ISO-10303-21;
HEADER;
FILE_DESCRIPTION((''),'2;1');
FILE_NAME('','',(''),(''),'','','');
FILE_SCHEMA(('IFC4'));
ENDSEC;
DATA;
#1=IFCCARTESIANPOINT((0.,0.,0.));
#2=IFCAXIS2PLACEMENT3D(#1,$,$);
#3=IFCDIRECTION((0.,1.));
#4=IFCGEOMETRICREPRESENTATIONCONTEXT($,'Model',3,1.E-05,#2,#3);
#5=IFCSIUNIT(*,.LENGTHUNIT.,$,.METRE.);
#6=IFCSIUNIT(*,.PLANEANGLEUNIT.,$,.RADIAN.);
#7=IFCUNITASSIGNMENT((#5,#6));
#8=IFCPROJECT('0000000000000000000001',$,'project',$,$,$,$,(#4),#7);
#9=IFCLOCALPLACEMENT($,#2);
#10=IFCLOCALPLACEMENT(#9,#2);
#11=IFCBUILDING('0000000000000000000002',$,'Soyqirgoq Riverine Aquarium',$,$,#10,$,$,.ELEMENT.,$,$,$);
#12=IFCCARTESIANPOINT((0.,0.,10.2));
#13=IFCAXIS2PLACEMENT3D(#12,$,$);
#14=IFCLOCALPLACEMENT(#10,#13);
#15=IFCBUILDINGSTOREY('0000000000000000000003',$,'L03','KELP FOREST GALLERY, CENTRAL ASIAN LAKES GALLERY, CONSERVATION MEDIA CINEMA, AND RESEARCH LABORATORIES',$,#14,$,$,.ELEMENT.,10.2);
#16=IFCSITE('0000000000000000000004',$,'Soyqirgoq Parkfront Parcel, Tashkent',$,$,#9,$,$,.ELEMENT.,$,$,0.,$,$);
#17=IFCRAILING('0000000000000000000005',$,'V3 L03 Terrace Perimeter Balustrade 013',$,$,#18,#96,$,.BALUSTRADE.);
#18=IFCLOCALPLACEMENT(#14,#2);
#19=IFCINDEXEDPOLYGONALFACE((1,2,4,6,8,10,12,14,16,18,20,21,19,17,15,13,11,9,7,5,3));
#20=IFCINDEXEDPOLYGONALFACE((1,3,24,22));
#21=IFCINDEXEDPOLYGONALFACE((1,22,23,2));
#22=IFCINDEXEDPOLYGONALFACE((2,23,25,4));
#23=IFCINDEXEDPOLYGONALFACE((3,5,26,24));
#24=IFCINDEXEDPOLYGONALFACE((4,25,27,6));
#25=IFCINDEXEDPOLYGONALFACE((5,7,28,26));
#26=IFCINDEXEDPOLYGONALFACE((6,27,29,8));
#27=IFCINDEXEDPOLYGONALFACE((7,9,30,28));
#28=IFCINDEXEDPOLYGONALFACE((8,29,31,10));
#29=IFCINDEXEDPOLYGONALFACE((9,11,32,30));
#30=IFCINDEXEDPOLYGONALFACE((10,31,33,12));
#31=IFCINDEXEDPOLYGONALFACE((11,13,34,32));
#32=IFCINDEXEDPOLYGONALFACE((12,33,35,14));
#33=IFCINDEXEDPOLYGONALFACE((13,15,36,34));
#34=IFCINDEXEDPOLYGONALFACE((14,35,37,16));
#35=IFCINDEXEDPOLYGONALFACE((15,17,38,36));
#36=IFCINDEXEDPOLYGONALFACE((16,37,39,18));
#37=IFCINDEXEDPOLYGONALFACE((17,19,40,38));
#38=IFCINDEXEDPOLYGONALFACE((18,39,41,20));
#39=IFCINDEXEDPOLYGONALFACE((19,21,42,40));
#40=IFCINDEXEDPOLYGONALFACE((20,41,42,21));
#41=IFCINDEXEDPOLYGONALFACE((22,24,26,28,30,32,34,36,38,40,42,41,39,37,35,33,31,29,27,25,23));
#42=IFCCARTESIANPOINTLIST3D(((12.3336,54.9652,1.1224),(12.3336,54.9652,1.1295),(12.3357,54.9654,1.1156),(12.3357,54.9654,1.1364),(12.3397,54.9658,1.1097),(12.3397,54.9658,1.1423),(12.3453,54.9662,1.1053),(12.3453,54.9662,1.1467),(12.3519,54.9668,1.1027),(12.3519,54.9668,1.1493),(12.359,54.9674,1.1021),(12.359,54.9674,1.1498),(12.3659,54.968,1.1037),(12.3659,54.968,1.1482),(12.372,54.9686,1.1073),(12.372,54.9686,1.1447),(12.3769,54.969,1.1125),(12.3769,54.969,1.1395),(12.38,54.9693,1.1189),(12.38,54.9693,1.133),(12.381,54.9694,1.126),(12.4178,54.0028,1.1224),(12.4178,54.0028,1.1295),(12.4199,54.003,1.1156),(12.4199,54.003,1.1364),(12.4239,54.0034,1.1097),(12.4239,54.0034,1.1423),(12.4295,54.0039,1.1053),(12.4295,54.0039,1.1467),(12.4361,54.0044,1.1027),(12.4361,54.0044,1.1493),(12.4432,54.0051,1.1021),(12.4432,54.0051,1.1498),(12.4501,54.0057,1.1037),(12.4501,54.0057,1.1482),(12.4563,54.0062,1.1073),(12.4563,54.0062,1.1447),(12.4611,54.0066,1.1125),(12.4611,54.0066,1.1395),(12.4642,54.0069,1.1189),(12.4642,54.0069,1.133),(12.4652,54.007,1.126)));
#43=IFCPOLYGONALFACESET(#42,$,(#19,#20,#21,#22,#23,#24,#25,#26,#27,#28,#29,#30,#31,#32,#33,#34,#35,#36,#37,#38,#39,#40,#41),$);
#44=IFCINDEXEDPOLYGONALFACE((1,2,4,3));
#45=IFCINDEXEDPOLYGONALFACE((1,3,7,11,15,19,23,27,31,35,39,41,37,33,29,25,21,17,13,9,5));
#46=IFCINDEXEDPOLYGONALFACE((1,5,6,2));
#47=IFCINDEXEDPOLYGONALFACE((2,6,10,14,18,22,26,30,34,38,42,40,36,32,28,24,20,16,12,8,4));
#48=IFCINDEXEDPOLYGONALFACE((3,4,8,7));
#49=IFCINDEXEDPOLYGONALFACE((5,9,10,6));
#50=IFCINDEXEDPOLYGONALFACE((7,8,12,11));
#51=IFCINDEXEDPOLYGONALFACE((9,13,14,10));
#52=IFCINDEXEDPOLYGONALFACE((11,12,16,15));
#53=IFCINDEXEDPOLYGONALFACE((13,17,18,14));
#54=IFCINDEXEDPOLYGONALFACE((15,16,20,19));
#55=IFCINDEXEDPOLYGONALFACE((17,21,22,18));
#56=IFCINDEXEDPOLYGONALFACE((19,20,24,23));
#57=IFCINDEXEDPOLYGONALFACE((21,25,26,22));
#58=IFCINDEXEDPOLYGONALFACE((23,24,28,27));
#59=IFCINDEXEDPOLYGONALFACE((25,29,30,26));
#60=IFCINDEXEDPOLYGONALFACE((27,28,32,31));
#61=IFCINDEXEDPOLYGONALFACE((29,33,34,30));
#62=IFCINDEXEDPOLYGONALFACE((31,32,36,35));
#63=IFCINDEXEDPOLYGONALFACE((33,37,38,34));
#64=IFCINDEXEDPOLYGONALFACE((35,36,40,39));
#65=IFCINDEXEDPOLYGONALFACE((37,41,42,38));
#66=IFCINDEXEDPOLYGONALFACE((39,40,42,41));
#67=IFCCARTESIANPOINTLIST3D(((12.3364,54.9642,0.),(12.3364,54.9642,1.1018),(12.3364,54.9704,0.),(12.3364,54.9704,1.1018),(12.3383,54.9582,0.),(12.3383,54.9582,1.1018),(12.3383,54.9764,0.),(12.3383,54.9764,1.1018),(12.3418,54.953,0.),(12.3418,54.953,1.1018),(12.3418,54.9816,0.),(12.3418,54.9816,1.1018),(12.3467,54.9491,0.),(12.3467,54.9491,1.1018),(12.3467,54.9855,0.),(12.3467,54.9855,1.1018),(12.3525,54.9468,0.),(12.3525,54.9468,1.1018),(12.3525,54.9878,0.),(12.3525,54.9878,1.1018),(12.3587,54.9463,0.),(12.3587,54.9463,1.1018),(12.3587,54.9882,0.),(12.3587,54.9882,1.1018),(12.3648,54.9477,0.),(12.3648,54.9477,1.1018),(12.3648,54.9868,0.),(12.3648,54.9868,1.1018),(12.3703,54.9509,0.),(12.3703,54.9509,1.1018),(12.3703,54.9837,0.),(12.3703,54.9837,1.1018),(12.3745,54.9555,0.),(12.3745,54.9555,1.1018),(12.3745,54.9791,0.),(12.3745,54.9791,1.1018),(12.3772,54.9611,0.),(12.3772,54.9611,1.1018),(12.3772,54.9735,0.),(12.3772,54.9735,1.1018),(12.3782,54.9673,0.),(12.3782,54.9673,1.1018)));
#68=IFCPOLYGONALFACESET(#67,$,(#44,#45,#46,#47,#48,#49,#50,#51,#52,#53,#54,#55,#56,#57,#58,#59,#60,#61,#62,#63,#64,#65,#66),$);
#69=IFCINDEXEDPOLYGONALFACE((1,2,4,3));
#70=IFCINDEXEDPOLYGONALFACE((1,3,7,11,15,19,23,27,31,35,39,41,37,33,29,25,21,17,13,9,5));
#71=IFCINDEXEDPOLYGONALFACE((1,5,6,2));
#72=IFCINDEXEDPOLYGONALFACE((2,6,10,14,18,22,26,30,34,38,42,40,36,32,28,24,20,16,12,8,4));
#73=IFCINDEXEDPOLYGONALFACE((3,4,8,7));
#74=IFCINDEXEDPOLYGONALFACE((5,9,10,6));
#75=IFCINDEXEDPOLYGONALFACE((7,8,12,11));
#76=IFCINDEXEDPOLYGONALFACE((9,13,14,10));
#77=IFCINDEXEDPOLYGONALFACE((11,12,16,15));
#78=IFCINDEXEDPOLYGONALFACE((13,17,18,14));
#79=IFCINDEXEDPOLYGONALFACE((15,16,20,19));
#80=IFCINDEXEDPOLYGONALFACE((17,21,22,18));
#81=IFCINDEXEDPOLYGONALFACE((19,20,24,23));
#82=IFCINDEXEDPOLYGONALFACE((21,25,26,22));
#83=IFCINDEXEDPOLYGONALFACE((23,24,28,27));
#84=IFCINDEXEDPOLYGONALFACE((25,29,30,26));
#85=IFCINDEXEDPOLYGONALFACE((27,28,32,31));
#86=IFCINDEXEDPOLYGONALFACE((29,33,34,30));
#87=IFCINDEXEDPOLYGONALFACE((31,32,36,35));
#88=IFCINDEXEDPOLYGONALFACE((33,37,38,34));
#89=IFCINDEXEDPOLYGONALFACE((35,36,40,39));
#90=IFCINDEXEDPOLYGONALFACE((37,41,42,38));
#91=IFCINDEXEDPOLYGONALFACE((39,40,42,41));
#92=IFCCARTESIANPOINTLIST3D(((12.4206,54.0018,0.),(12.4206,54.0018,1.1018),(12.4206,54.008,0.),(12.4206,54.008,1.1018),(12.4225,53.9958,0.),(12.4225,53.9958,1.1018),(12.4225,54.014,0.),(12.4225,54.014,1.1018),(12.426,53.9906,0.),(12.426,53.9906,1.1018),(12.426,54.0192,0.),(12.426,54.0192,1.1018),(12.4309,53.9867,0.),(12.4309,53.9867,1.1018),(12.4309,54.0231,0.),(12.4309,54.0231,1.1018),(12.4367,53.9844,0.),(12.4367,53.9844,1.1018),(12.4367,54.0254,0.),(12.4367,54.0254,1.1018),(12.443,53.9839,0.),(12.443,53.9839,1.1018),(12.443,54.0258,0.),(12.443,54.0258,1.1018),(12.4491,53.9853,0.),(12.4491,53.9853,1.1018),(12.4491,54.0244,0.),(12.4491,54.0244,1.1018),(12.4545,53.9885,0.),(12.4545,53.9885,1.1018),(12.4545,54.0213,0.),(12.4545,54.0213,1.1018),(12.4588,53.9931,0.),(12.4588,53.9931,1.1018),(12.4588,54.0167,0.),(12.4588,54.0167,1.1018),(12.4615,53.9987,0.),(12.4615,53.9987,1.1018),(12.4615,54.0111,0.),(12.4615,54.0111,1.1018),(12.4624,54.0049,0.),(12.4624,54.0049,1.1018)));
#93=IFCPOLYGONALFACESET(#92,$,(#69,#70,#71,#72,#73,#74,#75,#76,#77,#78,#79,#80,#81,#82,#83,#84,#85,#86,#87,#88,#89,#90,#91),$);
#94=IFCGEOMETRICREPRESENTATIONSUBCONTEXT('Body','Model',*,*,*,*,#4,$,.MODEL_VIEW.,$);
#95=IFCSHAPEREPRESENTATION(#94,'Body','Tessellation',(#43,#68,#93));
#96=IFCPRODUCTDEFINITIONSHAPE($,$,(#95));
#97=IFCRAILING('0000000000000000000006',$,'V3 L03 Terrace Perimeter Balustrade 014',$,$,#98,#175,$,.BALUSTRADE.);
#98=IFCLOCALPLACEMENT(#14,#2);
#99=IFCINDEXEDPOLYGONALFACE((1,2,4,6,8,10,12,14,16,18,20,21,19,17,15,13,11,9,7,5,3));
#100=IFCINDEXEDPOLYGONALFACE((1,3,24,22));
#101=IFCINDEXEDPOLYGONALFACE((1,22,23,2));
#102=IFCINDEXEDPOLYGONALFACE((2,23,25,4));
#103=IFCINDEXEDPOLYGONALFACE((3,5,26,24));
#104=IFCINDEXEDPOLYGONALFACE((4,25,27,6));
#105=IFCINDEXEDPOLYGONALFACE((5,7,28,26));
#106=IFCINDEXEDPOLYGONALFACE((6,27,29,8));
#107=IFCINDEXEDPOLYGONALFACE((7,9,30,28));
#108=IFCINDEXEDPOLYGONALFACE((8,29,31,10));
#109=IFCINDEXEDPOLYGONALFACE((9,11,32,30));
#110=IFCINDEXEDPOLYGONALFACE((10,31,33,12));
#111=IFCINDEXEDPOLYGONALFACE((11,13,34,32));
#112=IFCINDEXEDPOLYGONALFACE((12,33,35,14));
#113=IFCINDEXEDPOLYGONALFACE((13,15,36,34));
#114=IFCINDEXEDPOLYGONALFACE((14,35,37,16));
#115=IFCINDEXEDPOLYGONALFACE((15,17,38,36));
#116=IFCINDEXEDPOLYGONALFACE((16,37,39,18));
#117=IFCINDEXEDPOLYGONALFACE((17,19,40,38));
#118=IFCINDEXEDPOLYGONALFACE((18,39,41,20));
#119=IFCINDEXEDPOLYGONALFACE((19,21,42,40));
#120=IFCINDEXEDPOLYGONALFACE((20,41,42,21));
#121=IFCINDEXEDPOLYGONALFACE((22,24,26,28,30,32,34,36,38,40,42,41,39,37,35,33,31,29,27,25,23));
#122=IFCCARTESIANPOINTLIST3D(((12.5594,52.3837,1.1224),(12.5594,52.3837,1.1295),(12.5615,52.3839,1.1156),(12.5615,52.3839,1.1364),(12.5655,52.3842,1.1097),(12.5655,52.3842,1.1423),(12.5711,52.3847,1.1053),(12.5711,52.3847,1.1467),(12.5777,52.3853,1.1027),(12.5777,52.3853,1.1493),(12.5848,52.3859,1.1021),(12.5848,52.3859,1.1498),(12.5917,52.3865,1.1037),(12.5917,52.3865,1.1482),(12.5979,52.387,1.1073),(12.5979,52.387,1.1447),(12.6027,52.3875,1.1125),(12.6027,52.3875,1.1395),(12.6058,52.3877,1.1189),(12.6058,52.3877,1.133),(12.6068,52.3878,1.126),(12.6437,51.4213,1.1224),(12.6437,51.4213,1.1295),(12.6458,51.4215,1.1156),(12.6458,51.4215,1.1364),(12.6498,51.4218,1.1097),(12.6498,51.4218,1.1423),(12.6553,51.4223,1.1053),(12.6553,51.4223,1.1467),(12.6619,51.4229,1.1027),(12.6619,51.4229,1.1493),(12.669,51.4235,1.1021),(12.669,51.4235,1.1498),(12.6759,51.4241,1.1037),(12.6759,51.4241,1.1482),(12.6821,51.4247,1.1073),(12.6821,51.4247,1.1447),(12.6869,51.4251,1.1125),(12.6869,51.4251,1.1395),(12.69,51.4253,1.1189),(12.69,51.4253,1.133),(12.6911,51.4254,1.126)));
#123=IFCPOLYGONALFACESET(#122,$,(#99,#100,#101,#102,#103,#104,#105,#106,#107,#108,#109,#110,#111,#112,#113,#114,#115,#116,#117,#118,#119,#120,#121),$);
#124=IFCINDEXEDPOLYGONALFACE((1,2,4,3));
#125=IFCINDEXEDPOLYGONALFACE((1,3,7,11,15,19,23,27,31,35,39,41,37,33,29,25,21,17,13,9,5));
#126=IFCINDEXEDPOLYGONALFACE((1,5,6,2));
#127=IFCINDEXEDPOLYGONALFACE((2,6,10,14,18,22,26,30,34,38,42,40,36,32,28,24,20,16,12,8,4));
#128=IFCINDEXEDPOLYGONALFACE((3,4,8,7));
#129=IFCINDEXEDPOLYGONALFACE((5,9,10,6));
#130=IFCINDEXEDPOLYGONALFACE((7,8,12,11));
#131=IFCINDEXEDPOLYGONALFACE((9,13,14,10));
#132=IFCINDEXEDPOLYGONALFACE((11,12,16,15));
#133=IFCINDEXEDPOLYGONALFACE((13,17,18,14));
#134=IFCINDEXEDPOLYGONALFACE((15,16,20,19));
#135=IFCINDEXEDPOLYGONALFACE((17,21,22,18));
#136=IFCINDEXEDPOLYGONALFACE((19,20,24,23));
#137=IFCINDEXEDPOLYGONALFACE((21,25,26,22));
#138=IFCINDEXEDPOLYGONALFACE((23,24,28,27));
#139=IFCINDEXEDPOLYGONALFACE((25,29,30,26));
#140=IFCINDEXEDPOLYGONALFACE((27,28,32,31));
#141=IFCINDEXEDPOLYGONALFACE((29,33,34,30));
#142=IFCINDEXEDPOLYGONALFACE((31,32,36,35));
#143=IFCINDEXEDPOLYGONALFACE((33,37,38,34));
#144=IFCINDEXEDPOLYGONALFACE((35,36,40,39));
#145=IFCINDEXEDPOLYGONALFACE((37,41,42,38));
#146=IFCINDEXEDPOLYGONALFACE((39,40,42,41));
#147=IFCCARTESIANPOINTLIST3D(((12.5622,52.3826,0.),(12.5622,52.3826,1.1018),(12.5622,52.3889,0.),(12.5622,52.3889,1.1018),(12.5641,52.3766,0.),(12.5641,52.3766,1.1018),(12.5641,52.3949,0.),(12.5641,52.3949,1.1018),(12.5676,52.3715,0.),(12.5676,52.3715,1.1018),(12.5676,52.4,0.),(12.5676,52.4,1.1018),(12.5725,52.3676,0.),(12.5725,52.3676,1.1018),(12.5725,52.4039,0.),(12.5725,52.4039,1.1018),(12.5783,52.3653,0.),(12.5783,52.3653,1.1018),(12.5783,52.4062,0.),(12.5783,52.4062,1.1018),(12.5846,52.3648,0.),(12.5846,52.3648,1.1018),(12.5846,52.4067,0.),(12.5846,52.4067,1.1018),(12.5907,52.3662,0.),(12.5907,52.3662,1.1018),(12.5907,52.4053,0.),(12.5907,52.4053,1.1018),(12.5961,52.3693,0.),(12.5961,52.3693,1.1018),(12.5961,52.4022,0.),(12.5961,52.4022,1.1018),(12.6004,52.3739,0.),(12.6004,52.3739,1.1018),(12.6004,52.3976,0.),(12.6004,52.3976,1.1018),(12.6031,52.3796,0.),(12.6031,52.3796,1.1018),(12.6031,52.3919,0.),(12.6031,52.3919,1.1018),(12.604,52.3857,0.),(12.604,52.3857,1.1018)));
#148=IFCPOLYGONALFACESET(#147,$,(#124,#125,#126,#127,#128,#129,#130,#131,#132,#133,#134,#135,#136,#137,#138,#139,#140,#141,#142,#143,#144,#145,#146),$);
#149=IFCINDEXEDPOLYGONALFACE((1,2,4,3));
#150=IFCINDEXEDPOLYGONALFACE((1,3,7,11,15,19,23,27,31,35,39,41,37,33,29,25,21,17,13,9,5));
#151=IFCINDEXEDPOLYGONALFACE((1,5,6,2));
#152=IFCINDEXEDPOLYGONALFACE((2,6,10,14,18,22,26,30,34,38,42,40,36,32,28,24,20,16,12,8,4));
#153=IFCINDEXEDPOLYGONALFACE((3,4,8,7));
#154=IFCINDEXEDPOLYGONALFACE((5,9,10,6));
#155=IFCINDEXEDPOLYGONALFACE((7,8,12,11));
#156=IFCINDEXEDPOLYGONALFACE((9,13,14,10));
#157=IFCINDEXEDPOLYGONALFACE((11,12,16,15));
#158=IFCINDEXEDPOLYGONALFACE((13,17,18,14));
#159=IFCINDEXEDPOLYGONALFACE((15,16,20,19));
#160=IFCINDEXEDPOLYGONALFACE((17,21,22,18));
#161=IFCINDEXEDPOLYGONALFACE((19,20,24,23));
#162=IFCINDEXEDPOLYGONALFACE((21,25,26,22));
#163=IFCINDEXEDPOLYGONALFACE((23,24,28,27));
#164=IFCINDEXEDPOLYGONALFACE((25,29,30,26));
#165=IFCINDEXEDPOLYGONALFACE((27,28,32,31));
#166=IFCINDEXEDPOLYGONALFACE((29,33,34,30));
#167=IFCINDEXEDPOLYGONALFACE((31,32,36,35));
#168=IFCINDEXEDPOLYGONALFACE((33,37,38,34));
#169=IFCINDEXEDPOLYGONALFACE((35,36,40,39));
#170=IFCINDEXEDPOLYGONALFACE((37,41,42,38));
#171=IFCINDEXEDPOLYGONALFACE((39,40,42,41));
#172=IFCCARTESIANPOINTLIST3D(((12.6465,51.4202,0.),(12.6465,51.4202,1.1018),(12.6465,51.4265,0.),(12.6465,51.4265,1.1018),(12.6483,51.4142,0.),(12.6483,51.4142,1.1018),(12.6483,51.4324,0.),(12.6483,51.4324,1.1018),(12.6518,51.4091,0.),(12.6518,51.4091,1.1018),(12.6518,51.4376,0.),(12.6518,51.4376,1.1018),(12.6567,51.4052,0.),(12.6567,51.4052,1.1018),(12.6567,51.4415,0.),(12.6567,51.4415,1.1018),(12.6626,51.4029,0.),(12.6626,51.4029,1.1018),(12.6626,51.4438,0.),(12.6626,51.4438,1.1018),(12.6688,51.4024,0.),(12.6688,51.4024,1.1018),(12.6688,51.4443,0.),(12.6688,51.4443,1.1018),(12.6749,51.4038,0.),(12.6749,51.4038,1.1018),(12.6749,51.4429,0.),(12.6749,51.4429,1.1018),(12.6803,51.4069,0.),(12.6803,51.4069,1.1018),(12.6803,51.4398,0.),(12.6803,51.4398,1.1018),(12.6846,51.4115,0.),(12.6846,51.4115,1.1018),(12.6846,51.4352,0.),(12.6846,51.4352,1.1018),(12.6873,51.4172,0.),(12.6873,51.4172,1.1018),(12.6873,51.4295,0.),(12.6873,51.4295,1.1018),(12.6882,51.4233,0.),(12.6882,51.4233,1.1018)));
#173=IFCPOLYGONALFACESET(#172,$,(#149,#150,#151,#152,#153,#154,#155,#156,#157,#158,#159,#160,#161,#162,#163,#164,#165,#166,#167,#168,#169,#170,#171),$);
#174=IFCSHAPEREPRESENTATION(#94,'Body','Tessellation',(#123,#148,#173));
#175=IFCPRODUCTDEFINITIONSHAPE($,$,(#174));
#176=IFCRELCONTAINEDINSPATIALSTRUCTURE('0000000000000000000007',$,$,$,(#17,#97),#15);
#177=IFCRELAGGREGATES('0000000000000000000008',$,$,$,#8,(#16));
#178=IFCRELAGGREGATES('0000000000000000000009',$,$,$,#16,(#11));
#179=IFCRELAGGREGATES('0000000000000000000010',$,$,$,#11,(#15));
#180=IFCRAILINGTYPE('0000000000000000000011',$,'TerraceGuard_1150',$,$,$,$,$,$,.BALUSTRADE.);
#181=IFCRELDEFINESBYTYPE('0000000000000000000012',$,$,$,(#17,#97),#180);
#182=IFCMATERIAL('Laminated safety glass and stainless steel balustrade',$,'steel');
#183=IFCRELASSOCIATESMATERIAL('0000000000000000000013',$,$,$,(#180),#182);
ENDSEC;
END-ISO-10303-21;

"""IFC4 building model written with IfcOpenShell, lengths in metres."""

from ifc_helpers import new_model, si_unit, direction, frame, origin, origin_2d, place, context, subcontext, project, spatial, circle, extrude, material, type_object, element, save


model = new_model("IFC4")

# Units and contexts
model_context = context("Model", 3, precision=1e-05, world=origin(), true_north=direction((0.0, 1.0)))
body_context = subcontext(model_context, "Body", "Model", "MODEL_VIEW")
ifc_project = project(units=[si_unit("LENGTHUNIT", "METRE"), si_unit("PLANEANGLEUNIT", "RADIAN")], contexts=[model_context])

# Site, building, storey
site_placement = place(None, origin())
site = spatial("IfcSite", under=ifc_project, at=site_placement, Name="Soyqirgoq Parkfront Parcel, Tashkent", CompositionType="ELEMENT", RefElevation=0.0)
building_placement = place(site_placement, origin())
building = spatial("IfcBuilding", under=site, at=building_placement, Name="Soyqirgoq Riverine Aquarium", CompositionType="ELEMENT")
storey_placement = place(building_placement, frame((0.0, 0.0, 10.2)))
storey = spatial("IfcBuildingStorey", under=building, at=storey_placement, Name="L03", Description="KELP FOREST GALLERY, CENTRAL ASIAN LAKES GALLERY, CONSERVATION MEDIA CINEMA, AND RESEARCH LABORATORIES", CompositionType="ELEMENT", Elevation=10.2)

# Railings
ifc_material_1 = material(Name="Laminated safety glass and stainless steel balustrade", Category="steel")
railing_type = type_object("IfcRailingType", Name="TerraceGuard_1150", PredefinedType="BALUSTRADE", material=ifc_material_1)
for number, where, name in (
    (1, (12.3572, 54.9673, 0.0), "V3 L03 Terrace Perimeter Balustrade 013"),
    (2, (12.583, 52.3857, 0.0), "V3 L03 Terrace Perimeter Balustrade 014"),
):
    element("IfcRailing", number, at=place(storey_placement, frame(where)), inside=storey, type_object=railing_type, Name=name, PredefinedType="BALUSTRADE", context=body_context, shape_type="SweptSolid", body=[
        extrude(circle(Radius=0.0239, at=origin_2d()), frame((0.0, 0.0, 1.126), z_axis=(0.087186, -0.996192, 0.0), x_axis=(0.996192, 0.087186, 0.0)), (0.0, 0.0, 1.0), 0.9661),
        extrude(circle(Radius=0.021, at=origin_2d()), origin(), (0.0, 0.0, 1.0), 1.1018),
        extrude(circle(Radius=0.021, at=origin_2d()), frame((0.0842, -0.9624, 0.0)), (0.0, 0.0, 1.0), 1.1018),
    ])

save(model, "model.ifc")
